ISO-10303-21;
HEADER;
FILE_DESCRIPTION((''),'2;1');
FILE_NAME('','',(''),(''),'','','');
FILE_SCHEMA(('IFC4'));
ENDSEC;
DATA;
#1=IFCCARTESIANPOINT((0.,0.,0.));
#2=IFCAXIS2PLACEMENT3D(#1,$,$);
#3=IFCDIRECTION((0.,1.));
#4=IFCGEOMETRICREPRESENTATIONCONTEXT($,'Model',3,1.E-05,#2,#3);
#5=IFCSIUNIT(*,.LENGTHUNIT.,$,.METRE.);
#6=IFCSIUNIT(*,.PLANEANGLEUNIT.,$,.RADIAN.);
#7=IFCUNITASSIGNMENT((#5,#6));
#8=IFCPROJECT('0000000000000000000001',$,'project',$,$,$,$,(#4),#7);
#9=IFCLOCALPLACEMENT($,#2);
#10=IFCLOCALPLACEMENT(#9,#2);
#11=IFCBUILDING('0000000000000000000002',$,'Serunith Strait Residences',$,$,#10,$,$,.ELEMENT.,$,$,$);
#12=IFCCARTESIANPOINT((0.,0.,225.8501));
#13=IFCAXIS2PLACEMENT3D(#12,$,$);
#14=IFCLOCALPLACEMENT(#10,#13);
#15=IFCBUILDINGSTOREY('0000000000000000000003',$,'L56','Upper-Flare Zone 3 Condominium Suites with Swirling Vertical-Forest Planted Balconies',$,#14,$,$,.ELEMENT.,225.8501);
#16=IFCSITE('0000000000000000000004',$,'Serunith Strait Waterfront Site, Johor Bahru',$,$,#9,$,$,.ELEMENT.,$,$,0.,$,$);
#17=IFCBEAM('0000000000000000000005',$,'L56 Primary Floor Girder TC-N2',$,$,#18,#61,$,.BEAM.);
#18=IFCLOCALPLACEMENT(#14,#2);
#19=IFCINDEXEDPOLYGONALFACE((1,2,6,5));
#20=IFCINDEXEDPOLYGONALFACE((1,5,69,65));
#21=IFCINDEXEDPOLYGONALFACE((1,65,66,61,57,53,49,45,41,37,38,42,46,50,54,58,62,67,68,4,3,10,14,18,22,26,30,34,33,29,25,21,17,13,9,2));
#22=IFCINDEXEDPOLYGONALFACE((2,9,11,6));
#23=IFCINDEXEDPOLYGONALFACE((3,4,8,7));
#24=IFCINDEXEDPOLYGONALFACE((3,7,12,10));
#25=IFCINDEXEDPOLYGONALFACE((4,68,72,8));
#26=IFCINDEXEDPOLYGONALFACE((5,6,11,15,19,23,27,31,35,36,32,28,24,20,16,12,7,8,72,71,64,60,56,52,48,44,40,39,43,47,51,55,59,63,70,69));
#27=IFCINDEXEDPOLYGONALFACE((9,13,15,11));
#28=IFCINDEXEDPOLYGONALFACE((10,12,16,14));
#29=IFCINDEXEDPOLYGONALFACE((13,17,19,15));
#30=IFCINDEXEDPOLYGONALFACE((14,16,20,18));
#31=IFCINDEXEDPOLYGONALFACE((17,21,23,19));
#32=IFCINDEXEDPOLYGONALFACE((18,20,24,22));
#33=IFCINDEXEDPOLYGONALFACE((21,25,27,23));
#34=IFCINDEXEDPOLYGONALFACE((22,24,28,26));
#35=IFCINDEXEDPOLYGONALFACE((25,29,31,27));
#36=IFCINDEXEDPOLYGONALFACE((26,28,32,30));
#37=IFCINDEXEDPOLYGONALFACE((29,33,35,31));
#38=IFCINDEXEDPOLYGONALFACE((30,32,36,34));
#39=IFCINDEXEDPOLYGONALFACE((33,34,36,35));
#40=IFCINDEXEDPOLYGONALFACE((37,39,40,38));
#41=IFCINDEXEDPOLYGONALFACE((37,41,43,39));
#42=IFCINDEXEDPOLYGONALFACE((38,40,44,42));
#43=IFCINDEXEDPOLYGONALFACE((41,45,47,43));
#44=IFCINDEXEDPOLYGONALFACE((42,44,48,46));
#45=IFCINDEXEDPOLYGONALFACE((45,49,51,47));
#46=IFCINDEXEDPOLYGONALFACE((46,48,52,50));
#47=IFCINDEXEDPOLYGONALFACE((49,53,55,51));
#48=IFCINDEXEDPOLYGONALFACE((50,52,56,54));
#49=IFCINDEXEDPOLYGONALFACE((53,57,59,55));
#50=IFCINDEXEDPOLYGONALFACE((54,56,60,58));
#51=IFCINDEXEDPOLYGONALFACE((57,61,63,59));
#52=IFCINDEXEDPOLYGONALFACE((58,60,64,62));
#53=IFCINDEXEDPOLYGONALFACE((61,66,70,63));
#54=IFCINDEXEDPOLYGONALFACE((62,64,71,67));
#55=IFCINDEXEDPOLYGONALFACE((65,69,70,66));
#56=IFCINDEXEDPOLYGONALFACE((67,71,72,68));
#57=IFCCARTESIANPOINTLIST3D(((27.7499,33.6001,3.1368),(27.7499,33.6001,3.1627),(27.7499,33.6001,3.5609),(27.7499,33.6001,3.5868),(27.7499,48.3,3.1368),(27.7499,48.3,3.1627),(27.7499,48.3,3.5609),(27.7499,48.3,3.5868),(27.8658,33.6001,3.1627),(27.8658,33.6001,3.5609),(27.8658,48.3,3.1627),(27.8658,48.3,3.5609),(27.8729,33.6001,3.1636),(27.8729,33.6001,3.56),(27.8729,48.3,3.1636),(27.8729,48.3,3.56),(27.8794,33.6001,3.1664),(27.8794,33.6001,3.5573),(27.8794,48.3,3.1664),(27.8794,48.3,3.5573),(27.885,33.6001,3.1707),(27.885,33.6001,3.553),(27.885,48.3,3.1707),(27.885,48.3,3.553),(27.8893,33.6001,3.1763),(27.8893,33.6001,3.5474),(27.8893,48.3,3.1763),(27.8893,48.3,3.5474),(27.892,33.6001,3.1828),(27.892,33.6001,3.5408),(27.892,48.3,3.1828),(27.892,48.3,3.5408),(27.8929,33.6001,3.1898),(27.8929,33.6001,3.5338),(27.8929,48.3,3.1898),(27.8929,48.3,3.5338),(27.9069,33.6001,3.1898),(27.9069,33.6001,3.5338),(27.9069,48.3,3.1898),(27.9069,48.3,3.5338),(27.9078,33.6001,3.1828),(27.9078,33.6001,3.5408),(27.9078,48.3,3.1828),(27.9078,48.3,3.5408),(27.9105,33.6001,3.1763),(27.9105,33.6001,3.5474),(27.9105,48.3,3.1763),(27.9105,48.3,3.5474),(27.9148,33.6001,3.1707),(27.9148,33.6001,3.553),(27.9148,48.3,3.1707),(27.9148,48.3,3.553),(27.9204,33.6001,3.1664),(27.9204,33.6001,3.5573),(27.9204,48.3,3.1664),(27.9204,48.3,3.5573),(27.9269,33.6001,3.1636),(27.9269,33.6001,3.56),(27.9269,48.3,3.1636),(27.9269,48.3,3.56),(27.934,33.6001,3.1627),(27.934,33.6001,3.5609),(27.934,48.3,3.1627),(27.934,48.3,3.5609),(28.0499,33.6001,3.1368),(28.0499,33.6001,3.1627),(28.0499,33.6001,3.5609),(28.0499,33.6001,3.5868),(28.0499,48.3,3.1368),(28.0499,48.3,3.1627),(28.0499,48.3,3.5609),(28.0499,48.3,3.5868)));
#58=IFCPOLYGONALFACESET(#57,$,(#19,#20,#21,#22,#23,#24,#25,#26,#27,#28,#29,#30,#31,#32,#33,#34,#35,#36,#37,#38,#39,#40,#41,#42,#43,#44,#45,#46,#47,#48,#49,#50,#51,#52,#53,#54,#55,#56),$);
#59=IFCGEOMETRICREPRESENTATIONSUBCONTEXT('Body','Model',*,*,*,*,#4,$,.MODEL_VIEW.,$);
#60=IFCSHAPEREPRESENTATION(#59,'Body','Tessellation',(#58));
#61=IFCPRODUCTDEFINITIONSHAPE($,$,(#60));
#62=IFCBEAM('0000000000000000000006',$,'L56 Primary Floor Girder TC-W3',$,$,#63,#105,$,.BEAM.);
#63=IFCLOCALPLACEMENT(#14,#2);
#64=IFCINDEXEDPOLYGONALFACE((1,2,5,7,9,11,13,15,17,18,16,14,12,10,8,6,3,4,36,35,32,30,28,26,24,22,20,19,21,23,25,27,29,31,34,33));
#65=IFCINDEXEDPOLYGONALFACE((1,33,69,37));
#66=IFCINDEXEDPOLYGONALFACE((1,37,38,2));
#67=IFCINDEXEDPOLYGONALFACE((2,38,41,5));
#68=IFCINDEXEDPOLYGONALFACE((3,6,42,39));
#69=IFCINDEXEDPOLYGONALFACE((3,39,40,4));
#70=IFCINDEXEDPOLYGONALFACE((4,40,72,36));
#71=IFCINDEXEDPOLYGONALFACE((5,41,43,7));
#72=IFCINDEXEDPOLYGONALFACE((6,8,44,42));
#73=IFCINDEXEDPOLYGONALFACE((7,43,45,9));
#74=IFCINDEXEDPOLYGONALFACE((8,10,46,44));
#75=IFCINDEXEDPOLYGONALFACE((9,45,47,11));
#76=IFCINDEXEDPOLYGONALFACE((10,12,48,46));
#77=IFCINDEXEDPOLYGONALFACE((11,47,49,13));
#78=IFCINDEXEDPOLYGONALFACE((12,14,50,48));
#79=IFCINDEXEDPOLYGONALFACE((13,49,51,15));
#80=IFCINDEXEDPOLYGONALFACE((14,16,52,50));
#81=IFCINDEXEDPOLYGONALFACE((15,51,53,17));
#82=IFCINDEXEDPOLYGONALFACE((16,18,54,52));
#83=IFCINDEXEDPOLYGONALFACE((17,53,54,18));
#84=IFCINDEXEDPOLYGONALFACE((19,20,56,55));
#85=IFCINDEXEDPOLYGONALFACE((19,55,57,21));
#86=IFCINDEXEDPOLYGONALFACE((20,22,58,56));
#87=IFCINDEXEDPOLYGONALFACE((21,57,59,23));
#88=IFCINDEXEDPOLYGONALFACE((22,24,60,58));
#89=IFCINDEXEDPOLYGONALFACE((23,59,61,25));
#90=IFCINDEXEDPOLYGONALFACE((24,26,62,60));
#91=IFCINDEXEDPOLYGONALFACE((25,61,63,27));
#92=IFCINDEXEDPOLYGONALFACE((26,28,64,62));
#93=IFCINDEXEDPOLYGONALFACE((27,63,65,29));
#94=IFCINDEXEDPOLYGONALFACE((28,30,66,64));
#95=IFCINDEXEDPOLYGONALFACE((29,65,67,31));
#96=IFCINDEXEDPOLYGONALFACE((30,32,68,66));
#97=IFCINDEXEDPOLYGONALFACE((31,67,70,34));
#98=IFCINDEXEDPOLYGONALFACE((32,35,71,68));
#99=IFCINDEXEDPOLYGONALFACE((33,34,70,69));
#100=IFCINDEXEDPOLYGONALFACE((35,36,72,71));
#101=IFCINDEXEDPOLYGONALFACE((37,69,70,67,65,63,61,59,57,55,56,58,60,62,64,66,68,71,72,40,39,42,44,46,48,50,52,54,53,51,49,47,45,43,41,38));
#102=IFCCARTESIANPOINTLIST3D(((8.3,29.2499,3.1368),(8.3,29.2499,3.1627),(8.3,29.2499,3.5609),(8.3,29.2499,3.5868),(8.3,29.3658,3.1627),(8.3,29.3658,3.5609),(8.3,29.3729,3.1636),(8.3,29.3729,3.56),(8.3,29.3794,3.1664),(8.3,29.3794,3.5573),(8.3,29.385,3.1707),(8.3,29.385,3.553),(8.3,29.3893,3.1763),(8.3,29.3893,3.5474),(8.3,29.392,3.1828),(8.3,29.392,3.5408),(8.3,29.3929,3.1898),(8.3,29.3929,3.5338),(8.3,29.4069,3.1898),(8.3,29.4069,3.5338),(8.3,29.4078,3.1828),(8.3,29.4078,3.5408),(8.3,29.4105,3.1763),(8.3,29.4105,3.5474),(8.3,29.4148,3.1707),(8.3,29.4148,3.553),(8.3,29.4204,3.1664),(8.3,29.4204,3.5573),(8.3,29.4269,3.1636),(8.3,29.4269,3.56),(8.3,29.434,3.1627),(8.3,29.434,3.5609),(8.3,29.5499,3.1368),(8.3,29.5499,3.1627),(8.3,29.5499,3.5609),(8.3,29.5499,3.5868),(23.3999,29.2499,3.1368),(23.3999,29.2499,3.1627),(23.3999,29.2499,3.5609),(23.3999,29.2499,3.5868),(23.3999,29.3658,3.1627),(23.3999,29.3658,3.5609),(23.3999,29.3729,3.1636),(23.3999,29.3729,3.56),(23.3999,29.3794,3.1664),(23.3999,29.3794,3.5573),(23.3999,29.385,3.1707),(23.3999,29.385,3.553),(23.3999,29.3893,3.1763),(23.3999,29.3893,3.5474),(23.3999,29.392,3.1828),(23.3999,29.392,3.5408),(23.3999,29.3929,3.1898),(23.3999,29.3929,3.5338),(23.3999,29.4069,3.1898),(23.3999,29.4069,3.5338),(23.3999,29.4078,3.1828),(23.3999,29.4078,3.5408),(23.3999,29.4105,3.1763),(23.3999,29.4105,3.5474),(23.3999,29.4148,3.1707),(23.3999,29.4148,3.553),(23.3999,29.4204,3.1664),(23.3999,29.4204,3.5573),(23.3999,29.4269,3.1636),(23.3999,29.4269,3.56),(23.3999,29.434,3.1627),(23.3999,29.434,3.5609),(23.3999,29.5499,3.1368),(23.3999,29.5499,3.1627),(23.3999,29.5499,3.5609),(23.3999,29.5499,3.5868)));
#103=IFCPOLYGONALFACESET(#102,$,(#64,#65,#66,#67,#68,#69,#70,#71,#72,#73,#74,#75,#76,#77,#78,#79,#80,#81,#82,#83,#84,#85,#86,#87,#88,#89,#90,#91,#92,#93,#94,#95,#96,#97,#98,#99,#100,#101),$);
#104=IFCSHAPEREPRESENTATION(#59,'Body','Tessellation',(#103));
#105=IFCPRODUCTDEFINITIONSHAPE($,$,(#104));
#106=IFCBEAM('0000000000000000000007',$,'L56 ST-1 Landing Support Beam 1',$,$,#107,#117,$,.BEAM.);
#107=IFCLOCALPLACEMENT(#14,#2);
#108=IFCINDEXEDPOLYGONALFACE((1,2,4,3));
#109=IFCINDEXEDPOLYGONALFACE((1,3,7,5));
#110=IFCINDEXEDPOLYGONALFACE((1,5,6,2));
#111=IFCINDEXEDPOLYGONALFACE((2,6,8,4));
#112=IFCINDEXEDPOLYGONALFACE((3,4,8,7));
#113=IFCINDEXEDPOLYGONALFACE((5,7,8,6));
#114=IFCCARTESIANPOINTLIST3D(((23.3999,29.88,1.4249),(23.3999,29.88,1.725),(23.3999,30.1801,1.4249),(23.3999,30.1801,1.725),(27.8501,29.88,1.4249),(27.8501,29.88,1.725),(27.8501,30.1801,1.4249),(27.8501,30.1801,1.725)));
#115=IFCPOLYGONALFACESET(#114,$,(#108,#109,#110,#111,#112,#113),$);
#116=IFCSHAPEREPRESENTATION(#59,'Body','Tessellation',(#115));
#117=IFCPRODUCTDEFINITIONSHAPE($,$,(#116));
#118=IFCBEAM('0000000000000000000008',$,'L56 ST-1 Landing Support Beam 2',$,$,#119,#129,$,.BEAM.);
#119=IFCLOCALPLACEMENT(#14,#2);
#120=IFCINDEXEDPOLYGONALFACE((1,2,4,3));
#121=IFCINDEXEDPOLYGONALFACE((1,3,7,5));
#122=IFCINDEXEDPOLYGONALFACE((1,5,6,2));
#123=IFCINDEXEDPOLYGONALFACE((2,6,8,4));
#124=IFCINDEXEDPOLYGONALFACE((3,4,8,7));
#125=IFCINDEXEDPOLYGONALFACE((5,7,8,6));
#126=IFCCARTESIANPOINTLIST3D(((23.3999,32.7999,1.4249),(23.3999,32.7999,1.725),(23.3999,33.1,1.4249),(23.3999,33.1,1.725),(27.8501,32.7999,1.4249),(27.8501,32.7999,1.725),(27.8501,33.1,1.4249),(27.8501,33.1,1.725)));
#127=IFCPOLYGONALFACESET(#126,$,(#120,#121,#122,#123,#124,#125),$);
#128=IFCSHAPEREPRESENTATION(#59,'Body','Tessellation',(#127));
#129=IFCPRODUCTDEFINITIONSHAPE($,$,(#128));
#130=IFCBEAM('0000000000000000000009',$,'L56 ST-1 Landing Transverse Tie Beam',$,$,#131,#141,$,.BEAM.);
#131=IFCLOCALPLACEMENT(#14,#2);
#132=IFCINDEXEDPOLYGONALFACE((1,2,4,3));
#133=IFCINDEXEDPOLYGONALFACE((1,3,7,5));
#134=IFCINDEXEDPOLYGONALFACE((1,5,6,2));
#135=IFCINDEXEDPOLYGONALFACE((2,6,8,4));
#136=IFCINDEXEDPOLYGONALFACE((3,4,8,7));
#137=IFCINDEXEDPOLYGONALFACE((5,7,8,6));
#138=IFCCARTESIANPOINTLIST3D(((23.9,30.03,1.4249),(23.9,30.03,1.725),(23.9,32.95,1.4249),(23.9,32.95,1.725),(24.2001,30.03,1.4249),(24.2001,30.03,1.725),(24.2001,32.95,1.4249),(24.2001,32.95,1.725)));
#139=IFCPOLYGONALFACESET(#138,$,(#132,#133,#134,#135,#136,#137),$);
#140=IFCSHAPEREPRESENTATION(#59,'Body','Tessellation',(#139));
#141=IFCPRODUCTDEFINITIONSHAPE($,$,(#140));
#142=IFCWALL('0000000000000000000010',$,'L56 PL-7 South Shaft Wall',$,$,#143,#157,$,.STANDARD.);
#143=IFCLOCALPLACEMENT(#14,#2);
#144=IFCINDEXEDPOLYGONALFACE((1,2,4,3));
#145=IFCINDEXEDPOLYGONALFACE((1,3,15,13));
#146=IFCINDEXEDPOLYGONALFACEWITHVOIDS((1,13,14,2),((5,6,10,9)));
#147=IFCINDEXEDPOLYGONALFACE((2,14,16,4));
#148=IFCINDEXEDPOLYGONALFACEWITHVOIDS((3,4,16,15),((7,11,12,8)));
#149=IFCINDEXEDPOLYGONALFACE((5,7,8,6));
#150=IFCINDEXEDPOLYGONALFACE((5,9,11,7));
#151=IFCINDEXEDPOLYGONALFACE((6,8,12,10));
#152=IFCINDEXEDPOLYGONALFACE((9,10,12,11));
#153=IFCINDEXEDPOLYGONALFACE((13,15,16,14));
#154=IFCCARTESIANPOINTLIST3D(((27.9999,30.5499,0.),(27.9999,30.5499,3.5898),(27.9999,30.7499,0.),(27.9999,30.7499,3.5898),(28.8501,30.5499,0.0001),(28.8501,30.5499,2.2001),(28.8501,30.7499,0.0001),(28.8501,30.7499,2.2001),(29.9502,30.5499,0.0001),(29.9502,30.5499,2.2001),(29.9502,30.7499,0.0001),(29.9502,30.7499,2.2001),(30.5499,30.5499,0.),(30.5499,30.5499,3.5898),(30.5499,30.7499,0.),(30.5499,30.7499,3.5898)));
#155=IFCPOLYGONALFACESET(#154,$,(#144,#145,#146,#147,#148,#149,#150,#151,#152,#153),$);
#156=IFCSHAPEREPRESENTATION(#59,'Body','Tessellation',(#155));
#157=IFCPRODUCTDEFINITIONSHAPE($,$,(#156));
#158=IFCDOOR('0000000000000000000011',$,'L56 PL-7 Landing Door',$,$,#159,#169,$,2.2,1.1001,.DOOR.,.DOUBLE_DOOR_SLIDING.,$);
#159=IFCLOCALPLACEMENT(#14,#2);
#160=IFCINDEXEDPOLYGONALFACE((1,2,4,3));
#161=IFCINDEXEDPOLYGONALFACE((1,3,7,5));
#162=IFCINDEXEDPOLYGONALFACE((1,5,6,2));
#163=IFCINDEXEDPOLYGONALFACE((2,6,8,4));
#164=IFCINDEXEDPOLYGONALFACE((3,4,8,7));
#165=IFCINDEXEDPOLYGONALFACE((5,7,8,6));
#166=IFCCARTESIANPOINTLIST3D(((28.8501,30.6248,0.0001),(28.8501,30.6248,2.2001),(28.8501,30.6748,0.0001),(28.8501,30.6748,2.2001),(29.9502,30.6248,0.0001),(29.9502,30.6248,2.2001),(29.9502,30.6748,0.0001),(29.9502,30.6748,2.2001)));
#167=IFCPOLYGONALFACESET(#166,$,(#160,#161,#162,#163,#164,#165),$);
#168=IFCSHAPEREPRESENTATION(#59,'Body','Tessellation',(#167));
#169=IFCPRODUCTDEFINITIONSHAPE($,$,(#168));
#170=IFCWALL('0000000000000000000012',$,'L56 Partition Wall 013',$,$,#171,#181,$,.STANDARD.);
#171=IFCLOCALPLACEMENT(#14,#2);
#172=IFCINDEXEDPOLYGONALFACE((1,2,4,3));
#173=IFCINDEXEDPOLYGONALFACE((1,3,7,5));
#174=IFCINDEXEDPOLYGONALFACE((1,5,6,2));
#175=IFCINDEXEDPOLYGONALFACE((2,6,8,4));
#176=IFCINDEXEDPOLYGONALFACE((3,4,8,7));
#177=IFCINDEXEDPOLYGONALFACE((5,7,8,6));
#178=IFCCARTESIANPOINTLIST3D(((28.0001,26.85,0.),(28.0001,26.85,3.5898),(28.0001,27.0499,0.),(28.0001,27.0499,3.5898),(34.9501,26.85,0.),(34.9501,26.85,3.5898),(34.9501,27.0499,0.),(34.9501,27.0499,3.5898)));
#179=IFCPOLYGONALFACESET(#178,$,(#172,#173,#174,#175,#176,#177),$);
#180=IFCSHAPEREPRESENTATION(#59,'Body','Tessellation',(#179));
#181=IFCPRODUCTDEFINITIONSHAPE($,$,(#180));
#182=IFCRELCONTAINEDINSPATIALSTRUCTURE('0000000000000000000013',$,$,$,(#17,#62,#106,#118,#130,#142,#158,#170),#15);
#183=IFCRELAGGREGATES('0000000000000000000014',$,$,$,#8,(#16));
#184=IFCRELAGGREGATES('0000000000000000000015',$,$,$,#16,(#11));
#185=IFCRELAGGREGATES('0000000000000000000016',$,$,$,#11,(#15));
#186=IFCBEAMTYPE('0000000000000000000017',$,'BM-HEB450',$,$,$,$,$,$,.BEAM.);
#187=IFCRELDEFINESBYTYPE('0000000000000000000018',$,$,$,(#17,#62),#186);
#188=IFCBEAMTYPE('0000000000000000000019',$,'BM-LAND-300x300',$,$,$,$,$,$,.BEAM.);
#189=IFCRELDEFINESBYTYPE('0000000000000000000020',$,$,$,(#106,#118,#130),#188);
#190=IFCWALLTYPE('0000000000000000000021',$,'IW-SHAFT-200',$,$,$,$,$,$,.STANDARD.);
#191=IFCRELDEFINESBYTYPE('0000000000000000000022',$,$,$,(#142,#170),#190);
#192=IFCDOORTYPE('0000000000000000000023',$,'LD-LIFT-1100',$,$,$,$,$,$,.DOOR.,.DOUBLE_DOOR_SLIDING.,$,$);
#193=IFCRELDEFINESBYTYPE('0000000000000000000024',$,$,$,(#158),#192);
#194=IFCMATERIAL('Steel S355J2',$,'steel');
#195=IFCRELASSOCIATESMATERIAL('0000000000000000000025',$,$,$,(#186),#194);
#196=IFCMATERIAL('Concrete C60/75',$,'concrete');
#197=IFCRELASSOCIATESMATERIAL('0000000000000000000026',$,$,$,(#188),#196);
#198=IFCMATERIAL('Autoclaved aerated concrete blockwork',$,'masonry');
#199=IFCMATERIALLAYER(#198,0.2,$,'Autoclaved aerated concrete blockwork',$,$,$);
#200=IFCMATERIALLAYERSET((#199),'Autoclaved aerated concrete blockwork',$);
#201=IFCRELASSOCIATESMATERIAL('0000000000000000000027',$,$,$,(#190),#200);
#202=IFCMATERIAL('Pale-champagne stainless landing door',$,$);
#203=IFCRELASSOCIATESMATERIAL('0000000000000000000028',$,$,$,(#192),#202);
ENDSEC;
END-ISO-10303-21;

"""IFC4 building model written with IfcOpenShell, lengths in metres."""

from ifc_helpers import new_model, si_unit, direction, frame, frame_2d, origin, origin_2d, place, context, subcontext, project, spatial, rectangle, i_section, extrude, source, transform, mapped, material, layer, layer_set, material_profile, profile_set, type_object, element, fill, save


model = new_model("IFC4")

# Units and contexts
model_context = context("Model", 3, precision=1e-05, world=origin(), true_north=direction((0.0, 1.0)))
body_context = subcontext(model_context, "Body", "Model", "MODEL_VIEW")
ifc_project = project(units=[si_unit("LENGTHUNIT", "METRE"), si_unit("PLANEANGLEUNIT", "RADIAN")], contexts=[model_context])

# Site, building, storey
site_placement = place(None, origin())
site = spatial("IfcSite", under=ifc_project, at=site_placement, Name="Serunith Strait Waterfront Site, Johor Bahru", CompositionType="ELEMENT", RefElevation=0.0)
building_placement = place(site_placement, origin())
building = spatial("IfcBuilding", under=site, at=building_placement, Name="Serunith Strait Residences", CompositionType="ELEMENT")
storey_placement = place(building_placement, frame((0.0, 0.0, 225.8501)))
storey = spatial("IfcBuildingStorey", under=building, at=storey_placement, Name="L56", Description="Upper-Flare Zone 3 Condominium Suites with Swirling Vertical-Forest Planted Balconies", CompositionType="ELEMENT", Elevation=225.8501)

# Beams
ifc_material_1 = material(Name="Steel S355J2", Category="steel")
ifc_material_profile_1 = material_profile(ifc_material_1, i_section(OverallWidth=0.3, OverallDepth=0.45, WebThickness=0.0139, FlangeThickness=0.0259, FilletRadius=0.0271, at=origin_2d()), Name="HEB 450")
ifc_profile_set_1 = profile_set([ifc_material_profile_1], Name="Steel S355J2")
beam_type_1 = type_object("IfcBeamType", Name="BM-HEB450", PredefinedType="BEAM", material=ifc_profile_set_1)
shared_shape_1 = source(origin(), body_context, "Body", "SweptSolid", [
    extrude(i_section(OverallWidth=0.3, OverallDepth=0.45, WebThickness=0.0139, FlangeThickness=0.0259, FilletRadius=0.0271, at=origin_2d()), origin(), (0.0, 0.0, 1.0), 14.7),
])
beam_1_placement = place(storey_placement, frame((27.8999, 33.6001, 3.3618), z_axis=(0.0, 1.0, 0.0), x_axis=(-1.0, 0.0, 0.0)))
element("IfcBeam", 1, at=beam_1_placement, inside=storey, type_object=beam_type_1, Name="L56 Primary Floor Girder TC-N2", PredefinedType="BEAM", context=body_context, shape_type="MappedRepresentation", body=[
    mapped(shared_shape_1, transform((0.0, 0.0, 0.0), scale=1.0)),
])
shared_shape_2 = source(origin(), body_context, "Body", "SweptSolid", [
    extrude(i_section(OverallWidth=0.3, OverallDepth=0.45, WebThickness=0.0139, FlangeThickness=0.0259, FilletRadius=0.0271, at=origin_2d()), origin(), (0.0, 0.0, 1.0), 15.0999),
])
beam_2_placement = place(storey_placement, frame((23.3999, 29.3999, 3.3618), z_axis=(-1.0, 0.0, 0.0), x_axis=(0.0, -1.0, 0.0)))
element("IfcBeam", 2, at=beam_2_placement, inside=storey, type_object=beam_type_1, Name="L56 Primary Floor Girder TC-W3", PredefinedType="BEAM", context=body_context, shape_type="MappedRepresentation", body=[
    mapped(shared_shape_2, transform((0.0, 0.0, 0.0), scale=1.0)),
])
ifc_material_2 = material(Name="Concrete C60/75", Category="concrete")
ifc_material_profile_2 = material_profile(ifc_material_2, rectangle(XDim=0.3, YDim=0.3, at=origin_2d()), Name="RC 300x300")
ifc_profile_set_2 = profile_set([ifc_material_profile_2], Name="Concrete C60/75")
beam_type_2 = type_object("IfcBeamType", Name="BM-LAND-300x300", PredefinedType="BEAM", material=ifc_profile_set_2)
shared_shape_3 = source(origin(), body_context, "Body", "SweptSolid", [
    extrude(rectangle(XDim=0.3, YDim=0.3, at=origin_2d()), origin(), (0.0, 0.0, 1.0), 4.4502),
])
for number, where, z_axis, x_axis, name in (
    (3, (23.3999, 30.03, 1.575), (1.0, 0.0, 0.0), (0.0, 1.0, 0.0), "L56 ST-1 Landing Support Beam 1"),
    (4, (23.3999, 32.95, 1.575), (1.0, 0.0, 0.0), (0.0, 1.0, 0.0), "L56 ST-1 Landing Support Beam 2"),
):
    element("IfcBeam", number, at=place(storey_placement, frame(where, z_axis=z_axis, x_axis=x_axis)), inside=storey, type_object=beam_type_2, Name=name, PredefinedType="BEAM", context=body_context, shape_type="MappedRepresentation", body=[
        mapped(shared_shape_3, transform((0.0, 0.0, 0.0), scale=1.0)),
    ])
shared_shape_4 = source(origin(), body_context, "Body", "SweptSolid", [
    extrude(rectangle(XDim=0.3, YDim=0.3, at=origin_2d()), origin(), (0.0, 0.0, 1.0), 2.9199),
])
beam_3_placement = place(storey_placement, frame((24.05, 30.03, 1.575), z_axis=(0.0, 1.0, 0.0), x_axis=(-1.0, 0.0, 0.0)))
element("IfcBeam", 5, at=beam_3_placement, inside=storey, type_object=beam_type_2, Name="L56 ST-1 Landing Transverse Tie Beam", PredefinedType="BEAM", context=body_context, shape_type="MappedRepresentation", body=[
    mapped(shared_shape_4, transform((0.0, 0.0, 0.0), scale=1.0)),
])

# Wall, opening, door
ifc_material_3 = material(Name="Autoclaved aerated concrete blockwork", Category="masonry")
ifc_layer = layer(ifc_material_3, 0.2, Name="Autoclaved aerated concrete blockwork")
ifc_layer_set = layer_set([ifc_layer], Name="Autoclaved aerated concrete blockwork")
wall_type = type_object("IfcWallType", Name="IW-SHAFT-200", PredefinedType="STANDARD", material=ifc_layer_set)
wall_1_placement = place(storey_placement, frame((28.0, 30.6499, 0.0), z_axis=(0.0, 0.0, 1.0), x_axis=(1.0, 0.0, 0.0)))
wall_1 = element("IfcWall", 6, at=wall_1_placement, inside=storey, type_object=wall_type, Name="L56 PL-7 South Shaft Wall", PredefinedType="STANDARD", context=body_context, shape_type="SweptSolid", body=[
    extrude(rectangle(XDim=2.55, YDim=0.2, at=frame_2d((1.2749, 0.0))), origin(), (0.0, 0.0, 1.0), 3.5898),
])
opening_1_placement = place(wall_1_placement, frame((0.8501, 0.0, 0.0)))
opening_1 = element("IfcOpeningElement", 7, at=opening_1_placement, cuts=wall_1, PredefinedType="OPENING", context=body_context, shape_type="SweptSolid", body=[
    extrude(rectangle(XDim=1.1001, YDim=2.2, at=frame_2d((0.55, 1.1001))), frame((0.0, 0.1099, 0.0), z_axis=(0.0, -1.0, 0.0), x_axis=(1.0, 0.0, 0.0)), (0.0, 0.0, 1.0), 0.22),
])
ifc_material_4 = material(Name="Pale-champagne stainless landing door")
door_type_1 = type_object("IfcDoorType", Name="LD-LIFT-1100", OperationType="DOUBLE_DOOR_SLIDING", PredefinedType="DOOR", material=ifc_material_4)
shared_shape_5 = source(origin(), body_context, "Body", "SweptSolid", [
    extrude(rectangle(XDim=1.1001, YDim=2.2, at=frame_2d((0.55, 1.1001))), frame((0.0, 0.0249, 0.0), z_axis=(0.0, -1.0, 0.0), x_axis=(1.0, 0.0, 0.0)), (0.0, 0.0, 1.0), 0.05),
])
door_1_placement = place(opening_1_placement, origin())
door_1 = element("IfcDoor", 8, at=door_1_placement, inside=storey, type_object=door_type_1, Name="L56 PL-7 Landing Door", OperationType="DOUBLE_DOOR_SLIDING", OverallHeight=2.2, OverallWidth=1.1001, PredefinedType="DOOR", context=body_context, shape_type="MappedRepresentation", body=[
    mapped(shared_shape_5, transform((0.0, 0.0, 0.0), scale=1.0)),
])
fill(opening_1, door_1)

# Wall
wall_2_placement = place(storey_placement, frame((28.0, 26.95, 0.0), z_axis=(0.0, 0.0, 1.0), x_axis=(1.0, 0.0, 0.0)))
element("IfcWall", 9, at=wall_2_placement, inside=storey, type_object=wall_type, Name="L56 Partition Wall 013", PredefinedType="STANDARD", context=body_context, shape_type="SweptSolid", body=[
    extrude(rectangle(XDim=6.95, YDim=0.2, at=frame_2d((3.4751, 0.0))), origin(), (0.0, 0.0, 1.0), 3.5898),
])

save(model, "model.ifc")
